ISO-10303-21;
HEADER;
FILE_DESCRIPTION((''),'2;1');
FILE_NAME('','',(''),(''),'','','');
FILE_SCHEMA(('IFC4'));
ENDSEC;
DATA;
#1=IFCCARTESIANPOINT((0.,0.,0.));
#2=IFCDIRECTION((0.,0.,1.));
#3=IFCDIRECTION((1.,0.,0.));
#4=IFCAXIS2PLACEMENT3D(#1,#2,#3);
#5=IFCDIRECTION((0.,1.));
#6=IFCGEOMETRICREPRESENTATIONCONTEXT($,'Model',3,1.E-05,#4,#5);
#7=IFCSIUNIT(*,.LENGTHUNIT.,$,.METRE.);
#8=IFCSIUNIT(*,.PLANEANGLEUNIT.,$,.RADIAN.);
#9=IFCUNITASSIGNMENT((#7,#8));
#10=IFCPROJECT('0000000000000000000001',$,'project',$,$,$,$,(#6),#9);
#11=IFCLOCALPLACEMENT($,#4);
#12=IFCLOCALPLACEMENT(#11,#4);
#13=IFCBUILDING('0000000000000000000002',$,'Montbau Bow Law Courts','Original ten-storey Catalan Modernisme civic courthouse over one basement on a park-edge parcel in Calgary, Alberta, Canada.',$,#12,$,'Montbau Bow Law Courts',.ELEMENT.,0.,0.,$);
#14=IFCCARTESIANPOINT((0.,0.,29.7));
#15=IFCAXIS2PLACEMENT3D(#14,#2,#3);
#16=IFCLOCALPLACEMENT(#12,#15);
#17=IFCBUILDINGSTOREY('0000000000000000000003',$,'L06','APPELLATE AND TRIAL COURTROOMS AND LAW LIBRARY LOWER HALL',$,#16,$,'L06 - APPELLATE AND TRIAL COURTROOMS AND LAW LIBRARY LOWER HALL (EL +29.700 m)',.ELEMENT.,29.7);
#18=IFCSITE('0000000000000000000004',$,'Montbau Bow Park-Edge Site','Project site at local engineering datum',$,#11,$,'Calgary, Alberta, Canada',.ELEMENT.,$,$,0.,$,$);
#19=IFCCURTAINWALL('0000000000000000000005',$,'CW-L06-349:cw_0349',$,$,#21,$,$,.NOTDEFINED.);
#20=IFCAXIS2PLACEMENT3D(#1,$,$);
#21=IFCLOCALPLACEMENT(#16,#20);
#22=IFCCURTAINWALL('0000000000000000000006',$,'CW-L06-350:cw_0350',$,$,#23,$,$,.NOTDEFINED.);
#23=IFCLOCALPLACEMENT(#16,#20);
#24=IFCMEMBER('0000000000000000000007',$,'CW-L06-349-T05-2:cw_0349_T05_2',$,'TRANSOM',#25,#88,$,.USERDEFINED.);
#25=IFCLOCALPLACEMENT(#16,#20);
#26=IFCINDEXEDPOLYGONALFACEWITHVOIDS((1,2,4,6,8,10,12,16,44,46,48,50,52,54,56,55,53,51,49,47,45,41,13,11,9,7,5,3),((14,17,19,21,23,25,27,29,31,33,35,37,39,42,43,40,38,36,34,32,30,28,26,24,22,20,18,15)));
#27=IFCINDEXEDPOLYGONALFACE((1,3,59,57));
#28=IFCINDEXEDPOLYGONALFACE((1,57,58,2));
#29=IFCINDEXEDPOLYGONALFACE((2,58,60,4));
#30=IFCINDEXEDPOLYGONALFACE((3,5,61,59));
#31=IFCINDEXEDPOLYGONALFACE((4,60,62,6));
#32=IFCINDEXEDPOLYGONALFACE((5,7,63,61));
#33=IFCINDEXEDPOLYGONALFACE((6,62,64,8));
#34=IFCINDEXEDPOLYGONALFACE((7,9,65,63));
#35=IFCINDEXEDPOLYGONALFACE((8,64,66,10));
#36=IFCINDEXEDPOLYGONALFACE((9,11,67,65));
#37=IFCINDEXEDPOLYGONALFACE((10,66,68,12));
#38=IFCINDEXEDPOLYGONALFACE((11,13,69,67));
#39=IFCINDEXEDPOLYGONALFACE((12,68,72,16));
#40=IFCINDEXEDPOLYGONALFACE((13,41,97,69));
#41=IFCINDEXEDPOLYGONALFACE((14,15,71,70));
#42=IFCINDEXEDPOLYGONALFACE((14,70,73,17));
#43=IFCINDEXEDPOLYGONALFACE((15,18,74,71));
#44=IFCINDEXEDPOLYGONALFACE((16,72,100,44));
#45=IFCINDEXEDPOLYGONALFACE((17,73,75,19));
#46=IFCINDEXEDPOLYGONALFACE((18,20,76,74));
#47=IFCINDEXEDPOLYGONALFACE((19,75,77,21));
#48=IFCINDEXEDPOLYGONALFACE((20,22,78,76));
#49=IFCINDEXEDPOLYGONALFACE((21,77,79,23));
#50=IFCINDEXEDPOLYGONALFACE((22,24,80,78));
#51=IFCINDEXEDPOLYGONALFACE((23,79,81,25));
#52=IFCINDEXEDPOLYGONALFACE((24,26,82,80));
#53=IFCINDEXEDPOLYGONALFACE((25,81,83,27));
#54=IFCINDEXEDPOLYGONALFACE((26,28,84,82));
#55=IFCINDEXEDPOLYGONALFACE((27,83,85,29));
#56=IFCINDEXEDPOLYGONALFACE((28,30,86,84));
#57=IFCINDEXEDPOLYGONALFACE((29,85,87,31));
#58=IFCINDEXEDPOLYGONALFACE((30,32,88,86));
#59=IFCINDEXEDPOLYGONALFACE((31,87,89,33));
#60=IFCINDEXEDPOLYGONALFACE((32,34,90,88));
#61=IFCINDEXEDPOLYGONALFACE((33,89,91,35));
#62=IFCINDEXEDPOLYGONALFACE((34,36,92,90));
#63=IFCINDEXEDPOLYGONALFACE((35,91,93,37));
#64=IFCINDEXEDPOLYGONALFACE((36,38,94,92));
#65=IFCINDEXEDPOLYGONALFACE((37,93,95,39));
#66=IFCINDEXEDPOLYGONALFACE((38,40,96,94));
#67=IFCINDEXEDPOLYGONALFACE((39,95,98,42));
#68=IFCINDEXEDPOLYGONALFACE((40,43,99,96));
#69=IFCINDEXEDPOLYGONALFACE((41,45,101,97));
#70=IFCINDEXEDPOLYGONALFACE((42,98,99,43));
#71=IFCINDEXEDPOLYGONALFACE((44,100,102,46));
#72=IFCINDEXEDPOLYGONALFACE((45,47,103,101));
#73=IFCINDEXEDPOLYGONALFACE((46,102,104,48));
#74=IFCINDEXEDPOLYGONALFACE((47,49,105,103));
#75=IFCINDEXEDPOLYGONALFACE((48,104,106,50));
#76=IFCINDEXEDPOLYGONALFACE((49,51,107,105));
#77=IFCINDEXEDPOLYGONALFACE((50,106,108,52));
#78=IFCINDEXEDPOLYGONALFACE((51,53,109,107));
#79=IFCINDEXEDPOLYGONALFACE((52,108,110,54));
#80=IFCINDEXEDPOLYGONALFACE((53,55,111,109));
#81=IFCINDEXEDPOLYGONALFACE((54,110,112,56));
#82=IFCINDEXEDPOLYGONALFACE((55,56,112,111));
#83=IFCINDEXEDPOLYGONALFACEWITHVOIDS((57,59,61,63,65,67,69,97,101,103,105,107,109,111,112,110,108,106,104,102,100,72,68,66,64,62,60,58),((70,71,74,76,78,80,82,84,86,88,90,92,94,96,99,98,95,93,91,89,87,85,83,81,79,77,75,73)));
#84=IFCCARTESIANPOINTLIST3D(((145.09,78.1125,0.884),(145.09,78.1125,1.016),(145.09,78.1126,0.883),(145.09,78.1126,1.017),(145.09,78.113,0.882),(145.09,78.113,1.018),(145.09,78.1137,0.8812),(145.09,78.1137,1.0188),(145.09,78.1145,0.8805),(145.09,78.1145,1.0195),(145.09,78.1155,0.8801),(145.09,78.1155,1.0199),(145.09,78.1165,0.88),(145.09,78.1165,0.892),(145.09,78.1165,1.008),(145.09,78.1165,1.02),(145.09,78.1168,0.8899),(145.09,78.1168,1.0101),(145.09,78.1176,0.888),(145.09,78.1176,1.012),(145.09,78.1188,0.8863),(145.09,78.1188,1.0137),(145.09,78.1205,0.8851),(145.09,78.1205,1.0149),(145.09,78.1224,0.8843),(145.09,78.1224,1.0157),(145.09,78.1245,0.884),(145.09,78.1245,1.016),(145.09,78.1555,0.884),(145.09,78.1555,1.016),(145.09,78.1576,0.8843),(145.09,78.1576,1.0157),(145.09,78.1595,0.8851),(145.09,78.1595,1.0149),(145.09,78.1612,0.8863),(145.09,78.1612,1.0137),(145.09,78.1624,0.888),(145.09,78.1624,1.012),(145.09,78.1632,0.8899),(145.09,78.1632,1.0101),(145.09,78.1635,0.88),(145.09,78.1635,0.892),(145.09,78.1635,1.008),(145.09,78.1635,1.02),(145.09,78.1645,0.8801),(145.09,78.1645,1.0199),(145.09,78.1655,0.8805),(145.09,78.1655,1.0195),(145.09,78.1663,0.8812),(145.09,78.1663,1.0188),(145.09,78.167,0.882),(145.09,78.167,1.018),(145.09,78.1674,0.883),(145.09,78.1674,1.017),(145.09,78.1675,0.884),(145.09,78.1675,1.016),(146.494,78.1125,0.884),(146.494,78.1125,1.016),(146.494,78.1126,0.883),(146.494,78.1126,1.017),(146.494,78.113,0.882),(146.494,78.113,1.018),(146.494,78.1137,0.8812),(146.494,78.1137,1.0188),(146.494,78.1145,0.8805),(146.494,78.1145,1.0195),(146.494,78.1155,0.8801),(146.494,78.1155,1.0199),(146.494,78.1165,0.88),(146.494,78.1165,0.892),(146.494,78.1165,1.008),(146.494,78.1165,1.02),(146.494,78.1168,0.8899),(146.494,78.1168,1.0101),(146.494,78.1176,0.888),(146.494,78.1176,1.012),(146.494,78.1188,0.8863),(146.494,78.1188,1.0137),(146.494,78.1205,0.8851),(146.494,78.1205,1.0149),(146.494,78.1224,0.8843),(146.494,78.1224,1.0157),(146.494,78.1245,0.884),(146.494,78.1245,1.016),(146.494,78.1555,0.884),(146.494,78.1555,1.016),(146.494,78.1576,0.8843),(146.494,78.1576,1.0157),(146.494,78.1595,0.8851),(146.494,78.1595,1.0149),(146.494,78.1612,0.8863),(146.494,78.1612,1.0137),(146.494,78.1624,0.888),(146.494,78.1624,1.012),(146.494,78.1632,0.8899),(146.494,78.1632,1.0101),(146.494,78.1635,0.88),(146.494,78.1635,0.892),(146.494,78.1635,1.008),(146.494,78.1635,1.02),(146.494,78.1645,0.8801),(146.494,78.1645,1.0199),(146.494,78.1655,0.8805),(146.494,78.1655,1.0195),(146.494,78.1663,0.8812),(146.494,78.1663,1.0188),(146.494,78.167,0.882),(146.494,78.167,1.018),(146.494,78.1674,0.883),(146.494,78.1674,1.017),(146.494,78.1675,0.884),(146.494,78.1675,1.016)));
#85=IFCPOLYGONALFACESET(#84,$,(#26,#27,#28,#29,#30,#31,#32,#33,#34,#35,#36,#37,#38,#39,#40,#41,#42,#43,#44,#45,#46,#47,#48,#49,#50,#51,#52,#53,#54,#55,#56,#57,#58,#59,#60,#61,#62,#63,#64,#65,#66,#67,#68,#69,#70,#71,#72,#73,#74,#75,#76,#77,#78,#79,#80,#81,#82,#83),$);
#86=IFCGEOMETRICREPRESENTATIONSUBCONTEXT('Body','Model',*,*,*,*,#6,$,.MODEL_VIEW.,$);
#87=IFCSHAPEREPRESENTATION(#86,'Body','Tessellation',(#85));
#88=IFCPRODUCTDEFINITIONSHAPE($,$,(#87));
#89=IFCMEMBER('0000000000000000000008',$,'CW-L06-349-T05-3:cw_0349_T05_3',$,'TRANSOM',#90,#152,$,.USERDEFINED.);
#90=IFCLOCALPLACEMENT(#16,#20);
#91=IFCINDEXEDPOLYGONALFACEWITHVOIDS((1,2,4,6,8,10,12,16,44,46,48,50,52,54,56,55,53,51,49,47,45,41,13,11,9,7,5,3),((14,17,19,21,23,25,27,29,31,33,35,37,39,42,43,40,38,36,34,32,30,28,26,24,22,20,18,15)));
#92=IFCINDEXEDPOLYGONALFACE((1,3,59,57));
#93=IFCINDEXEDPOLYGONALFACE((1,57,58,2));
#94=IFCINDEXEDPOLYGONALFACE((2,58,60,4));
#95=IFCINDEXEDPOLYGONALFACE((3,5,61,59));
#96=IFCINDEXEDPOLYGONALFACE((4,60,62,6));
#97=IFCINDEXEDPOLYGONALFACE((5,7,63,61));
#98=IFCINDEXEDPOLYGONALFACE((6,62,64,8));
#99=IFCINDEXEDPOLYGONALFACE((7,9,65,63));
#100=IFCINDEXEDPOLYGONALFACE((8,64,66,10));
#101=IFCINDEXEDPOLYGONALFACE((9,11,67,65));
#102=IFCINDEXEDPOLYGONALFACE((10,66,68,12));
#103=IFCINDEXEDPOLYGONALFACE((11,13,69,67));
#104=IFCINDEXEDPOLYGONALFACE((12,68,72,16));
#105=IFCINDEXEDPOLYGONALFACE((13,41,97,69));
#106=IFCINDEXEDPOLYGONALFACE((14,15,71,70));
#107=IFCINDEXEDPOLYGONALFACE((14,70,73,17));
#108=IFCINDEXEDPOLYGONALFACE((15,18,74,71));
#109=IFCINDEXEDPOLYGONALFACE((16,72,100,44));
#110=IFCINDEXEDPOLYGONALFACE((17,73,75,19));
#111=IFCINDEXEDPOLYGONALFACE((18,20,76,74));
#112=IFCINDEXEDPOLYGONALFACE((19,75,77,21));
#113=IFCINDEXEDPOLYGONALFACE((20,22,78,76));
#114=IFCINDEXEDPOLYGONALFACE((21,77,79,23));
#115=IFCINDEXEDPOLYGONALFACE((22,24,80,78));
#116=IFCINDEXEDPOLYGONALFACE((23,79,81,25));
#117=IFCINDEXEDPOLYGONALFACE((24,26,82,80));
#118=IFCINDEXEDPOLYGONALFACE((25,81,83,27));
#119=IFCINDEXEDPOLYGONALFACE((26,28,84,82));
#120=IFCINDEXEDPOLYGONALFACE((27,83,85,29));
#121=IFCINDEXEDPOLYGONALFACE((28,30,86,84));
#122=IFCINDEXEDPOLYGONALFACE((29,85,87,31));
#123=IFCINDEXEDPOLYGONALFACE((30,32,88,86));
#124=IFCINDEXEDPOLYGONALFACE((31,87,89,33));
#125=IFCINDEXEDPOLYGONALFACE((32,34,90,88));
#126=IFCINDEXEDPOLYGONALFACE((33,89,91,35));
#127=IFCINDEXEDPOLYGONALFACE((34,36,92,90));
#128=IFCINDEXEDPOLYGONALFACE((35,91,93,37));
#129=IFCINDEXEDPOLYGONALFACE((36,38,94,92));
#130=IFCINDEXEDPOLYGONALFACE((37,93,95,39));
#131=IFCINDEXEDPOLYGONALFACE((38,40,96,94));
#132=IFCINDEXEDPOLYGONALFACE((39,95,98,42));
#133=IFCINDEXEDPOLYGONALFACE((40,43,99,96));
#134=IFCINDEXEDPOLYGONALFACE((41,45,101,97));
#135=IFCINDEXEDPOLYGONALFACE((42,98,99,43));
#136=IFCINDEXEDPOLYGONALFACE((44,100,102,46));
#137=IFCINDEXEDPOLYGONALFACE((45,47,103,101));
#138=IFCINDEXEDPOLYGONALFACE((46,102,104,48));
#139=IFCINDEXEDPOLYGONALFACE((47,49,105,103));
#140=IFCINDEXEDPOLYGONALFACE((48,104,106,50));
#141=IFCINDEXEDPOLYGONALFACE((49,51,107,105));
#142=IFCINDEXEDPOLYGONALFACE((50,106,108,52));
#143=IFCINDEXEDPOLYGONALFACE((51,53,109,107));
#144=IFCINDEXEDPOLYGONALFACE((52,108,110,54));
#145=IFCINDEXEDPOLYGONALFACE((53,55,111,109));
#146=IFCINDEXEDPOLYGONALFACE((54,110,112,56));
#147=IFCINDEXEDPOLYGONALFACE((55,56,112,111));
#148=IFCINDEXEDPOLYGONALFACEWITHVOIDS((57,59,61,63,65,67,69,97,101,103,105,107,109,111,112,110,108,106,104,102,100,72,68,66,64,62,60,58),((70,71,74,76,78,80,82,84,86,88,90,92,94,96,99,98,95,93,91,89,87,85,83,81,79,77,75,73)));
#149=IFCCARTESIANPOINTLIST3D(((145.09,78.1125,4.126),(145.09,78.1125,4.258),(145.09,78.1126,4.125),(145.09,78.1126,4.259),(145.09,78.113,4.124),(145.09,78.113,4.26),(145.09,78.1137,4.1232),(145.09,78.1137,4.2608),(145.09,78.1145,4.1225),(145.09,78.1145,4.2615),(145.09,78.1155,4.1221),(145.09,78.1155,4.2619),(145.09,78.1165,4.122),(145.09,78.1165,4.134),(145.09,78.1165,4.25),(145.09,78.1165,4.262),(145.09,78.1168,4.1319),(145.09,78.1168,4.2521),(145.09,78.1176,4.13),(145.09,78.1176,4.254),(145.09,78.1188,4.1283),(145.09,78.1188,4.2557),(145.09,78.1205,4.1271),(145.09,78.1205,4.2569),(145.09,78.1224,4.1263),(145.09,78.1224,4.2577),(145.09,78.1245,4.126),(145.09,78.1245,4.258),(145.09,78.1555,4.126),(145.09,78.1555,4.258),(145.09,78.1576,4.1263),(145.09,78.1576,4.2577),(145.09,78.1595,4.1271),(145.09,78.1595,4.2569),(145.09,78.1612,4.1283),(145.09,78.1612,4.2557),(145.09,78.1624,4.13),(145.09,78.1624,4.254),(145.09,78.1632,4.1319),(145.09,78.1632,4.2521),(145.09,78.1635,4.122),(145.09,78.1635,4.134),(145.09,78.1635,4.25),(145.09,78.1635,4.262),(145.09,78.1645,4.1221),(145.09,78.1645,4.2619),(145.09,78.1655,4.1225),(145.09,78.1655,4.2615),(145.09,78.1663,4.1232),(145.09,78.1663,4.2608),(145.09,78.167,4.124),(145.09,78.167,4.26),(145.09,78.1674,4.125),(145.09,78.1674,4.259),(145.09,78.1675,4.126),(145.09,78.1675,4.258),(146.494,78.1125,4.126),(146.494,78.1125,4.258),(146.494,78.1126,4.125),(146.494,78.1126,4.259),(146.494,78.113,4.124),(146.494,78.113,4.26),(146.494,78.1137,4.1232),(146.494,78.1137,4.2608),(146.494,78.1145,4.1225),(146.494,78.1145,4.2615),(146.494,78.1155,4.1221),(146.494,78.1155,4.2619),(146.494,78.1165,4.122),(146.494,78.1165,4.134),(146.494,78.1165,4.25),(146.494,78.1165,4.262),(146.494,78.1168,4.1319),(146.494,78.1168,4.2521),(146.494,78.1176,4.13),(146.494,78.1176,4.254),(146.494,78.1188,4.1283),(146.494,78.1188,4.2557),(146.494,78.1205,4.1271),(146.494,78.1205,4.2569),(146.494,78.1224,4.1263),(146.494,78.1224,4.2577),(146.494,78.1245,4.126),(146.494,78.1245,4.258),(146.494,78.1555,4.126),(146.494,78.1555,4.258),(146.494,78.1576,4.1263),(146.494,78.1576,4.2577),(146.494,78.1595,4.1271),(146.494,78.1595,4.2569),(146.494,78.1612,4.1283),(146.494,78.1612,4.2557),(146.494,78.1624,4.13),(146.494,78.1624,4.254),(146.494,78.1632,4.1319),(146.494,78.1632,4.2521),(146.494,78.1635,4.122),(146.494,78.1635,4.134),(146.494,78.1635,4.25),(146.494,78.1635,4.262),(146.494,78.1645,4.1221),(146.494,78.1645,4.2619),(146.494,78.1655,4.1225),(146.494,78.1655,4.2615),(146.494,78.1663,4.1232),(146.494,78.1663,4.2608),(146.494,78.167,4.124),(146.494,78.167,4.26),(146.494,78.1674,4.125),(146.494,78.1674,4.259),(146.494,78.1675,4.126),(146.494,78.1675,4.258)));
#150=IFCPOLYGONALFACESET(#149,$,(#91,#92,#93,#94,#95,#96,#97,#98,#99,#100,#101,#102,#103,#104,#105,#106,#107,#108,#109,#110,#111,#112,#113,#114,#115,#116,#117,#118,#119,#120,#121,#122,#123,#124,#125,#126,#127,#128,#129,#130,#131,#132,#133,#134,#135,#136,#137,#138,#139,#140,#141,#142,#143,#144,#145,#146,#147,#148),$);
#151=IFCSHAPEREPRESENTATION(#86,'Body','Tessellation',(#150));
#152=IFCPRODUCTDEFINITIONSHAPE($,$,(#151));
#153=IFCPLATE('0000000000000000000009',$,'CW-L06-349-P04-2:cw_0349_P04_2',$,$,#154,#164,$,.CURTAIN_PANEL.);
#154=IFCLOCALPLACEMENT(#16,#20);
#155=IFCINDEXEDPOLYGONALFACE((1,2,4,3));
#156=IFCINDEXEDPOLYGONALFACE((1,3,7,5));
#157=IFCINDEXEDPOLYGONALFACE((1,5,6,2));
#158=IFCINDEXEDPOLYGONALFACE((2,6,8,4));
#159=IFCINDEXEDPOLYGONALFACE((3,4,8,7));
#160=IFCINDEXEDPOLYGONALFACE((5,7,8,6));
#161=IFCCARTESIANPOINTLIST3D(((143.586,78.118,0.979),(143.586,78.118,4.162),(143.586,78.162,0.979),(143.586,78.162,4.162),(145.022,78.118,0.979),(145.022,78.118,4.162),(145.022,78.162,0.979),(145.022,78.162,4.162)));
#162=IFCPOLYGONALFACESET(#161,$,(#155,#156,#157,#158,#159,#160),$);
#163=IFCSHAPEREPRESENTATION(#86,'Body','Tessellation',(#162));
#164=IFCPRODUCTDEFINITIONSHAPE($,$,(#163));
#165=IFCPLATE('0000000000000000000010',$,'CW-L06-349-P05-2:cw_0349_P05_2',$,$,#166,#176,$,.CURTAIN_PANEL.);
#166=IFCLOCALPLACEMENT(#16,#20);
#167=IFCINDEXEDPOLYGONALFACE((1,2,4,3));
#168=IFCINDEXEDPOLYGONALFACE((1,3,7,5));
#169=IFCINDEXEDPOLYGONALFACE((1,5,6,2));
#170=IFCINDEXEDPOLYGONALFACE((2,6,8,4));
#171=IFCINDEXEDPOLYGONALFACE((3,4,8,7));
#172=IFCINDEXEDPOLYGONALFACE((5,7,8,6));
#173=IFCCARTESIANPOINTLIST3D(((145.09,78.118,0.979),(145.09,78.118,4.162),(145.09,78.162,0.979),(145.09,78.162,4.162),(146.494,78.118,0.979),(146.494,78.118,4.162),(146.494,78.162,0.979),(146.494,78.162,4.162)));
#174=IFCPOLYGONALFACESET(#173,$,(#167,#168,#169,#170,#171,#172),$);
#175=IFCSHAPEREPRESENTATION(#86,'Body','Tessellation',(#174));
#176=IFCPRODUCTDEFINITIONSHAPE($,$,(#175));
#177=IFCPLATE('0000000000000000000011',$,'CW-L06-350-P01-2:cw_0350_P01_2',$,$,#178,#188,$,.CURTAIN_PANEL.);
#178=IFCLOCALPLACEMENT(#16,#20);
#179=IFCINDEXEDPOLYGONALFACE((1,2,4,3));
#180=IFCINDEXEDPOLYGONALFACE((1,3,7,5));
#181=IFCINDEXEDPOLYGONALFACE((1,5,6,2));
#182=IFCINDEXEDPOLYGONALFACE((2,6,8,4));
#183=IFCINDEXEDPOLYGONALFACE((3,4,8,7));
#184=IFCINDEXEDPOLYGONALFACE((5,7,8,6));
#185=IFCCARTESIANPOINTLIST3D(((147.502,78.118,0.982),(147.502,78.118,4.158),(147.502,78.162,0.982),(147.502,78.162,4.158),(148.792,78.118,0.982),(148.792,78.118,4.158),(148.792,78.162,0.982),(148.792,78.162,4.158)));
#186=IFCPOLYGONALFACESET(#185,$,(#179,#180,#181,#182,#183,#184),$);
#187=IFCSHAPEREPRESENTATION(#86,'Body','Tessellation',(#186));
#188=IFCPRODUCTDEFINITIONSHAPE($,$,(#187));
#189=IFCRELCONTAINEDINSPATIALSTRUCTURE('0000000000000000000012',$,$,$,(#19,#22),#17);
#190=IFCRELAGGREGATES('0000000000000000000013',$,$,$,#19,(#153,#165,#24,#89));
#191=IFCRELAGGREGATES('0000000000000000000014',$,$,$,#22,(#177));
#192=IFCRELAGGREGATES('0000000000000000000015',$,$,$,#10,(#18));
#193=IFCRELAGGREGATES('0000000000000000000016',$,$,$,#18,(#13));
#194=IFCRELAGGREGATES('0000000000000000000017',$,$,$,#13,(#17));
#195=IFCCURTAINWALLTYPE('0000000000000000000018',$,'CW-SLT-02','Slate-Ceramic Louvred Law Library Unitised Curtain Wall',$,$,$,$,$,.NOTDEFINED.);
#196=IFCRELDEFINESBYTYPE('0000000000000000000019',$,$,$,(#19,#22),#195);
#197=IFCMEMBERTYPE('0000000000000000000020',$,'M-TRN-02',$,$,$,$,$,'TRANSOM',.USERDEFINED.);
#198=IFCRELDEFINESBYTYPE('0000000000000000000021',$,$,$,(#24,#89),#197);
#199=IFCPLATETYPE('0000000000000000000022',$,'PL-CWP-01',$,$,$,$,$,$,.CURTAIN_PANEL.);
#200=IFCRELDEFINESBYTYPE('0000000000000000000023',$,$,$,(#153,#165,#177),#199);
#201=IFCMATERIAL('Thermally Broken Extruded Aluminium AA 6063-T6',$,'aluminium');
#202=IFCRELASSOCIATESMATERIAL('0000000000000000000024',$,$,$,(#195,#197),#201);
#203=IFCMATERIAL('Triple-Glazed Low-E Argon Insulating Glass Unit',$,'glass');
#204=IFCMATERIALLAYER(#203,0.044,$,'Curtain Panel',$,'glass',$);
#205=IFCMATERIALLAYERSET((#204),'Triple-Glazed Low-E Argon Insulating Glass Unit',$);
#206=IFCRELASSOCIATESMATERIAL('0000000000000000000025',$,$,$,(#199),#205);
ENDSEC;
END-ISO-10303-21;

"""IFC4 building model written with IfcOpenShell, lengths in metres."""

from ifc_helpers import new_model, si_unit, direction, frame, frame_2d, origin_with_axes, origin_2d_with_axis, place, context, subcontext, project, spatial, rectangle, hollow_rectangle, extrude, material, layer, layer_set, material_profile, profile_set, type_object, element, aggregate, save


model = new_model("IFC4")

# Units and contexts
model_context = context("Model", 3, precision=1e-05, world=origin_with_axes(), true_north=direction((0.0, 1.0)))
body_context = subcontext(model_context, "Body", "Model", "MODEL_VIEW")
ifc_project = project(units=[si_unit("LENGTHUNIT", "METRE"), si_unit("PLANEANGLEUNIT", "RADIAN")], contexts=[model_context])

# Site, building, storey
site_placement = place(None, origin_with_axes())
site = spatial("IfcSite", under=ifc_project, at=site_placement, Name="Montbau Bow Park-Edge Site", Description="Project site at local engineering datum", LongName="Calgary, Alberta, Canada", CompositionType="ELEMENT", RefElevation=0.0)
building_placement = place(site_placement, origin_with_axes())
building = spatial("IfcBuilding", under=site, at=building_placement, Name="Montbau Bow Law Courts", Description="Original ten-storey Catalan Modernisme civic courthouse over one basement on a park-edge parcel in Calgary, Alberta, Canada.", LongName="Montbau Bow Law Courts", CompositionType="ELEMENT", ElevationOfRefHeight=0.0, ElevationOfTerrain=0.0)
storey_placement = place(building_placement, frame((0.0, 0.0, 29.7), z_axis=(0.0, 0.0, 1.0), x_axis=(1.0, 0.0, 0.0)))
storey = spatial("IfcBuildingStorey", under=building, at=storey_placement, Name="L06", Description="APPELLATE AND TRIAL COURTROOMS AND LAW LIBRARY LOWER HALL", LongName="L06 - APPELLATE AND TRIAL COURTROOMS AND LAW LIBRARY LOWER HALL (EL +29.700 m)", CompositionType="ELEMENT", Elevation=29.7)

# Curtain walls
ifc_material_1 = material(Name="Thermally Broken Extruded Aluminium AA 6063-T6", Category="aluminium")
curtain_wall_type = type_object("IfcCurtainWallType", Name="CW-SLT-02", Description="Slate-Ceramic Louvred Law Library Unitised Curtain Wall", PredefinedType="NOTDEFINED", material=ifc_material_1)
curtain_wall_1_placement = place(None, frame((139.04, 78.14, 29.7), z_axis=(0.0, 0.0, 1.0), x_axis=(1.0, 0.0, 0.0)))
curtain_wall_1 = element("IfcCurtainWall", 1, at=curtain_wall_1_placement, inside=storey, type_object=curtain_wall_type, Name="CW-L06-349:cw_0349", PredefinedType="NOTDEFINED")
curtain_wall_2_placement = place(None, frame((147.44, 78.14, 29.7), z_axis=(0.0, 0.0, 1.0), x_axis=(1.0, 0.0, 0.0)))
curtain_wall_2 = element("IfcCurtainWall", 2, at=curtain_wall_2_placement, inside=storey, type_object=curtain_wall_type, Name="CW-L06-350:cw_0350", PredefinedType="NOTDEFINED")

# Members
ifc_material_profile_1 = material_profile(ifc_material_1, hollow_rectangle(XDim=0.055, YDim=0.14, WallThickness=0.004, InnerFilletRadius=0.008, OuterFilletRadius=0.004, at=origin_2d_with_axis()), Name="CWT-140X55", Category="Main", Priority=0)
ifc_profile_set_1 = profile_set([ifc_material_profile_1], Name="Thermally Broken Extruded Aluminium AA 6063-T6")
member_type_1 = type_object("IfcMemberType", Name="M-TRN-02", ElementType="TRANSOM", PredefinedType="USERDEFINED", material=ifc_profile_set_1)
member_1_placement = place(None, frame((145.09, 78.14, 30.65), z_axis=(1.0, 0.0, 0.0), x_axis=(0.0, 1.0, 0.0)))
member_1 = element("IfcMember", 3, at=member_1_placement, type_object=member_type_1, Name="CW-L06-349-T05-2:cw_0349_T05_2", ObjectType="TRANSOM", PredefinedType="USERDEFINED", context=body_context, shape_type="SweptSolid", body=[
    extrude(hollow_rectangle(XDim=0.055, YDim=0.14, WallThickness=0.004, InnerFilletRadius=0.008, OuterFilletRadius=0.004, at=origin_2d_with_axis()), origin_with_axes(), (0.0, 0.0, 1.0), 1.404),
])
member_2_placement = place(None, frame((145.09, 78.14, 33.892), z_axis=(1.0, 0.0, 0.0), x_axis=(0.0, 1.0, 0.0)))
member_2 = element("IfcMember", 4, at=member_2_placement, type_object=member_type_1, Name="CW-L06-349-T05-3:cw_0349_T05_3", ObjectType="TRANSOM", PredefinedType="USERDEFINED", context=body_context, shape_type="SweptSolid", body=[
    extrude(hollow_rectangle(XDim=0.055, YDim=0.14, WallThickness=0.004, InnerFilletRadius=0.008, OuterFilletRadius=0.004, at=origin_2d_with_axis()), origin_with_axes(), (0.0, 0.0, 1.0), 1.404),
])

# Plates
ifc_material_2 = material(Name="Triple-Glazed Low-E Argon Insulating Glass Unit", Category="glass")
ifc_layer_1 = layer(ifc_material_2, 0.044, Name="Curtain Panel", Category="glass")
ifc_layer_set_1 = layer_set([ifc_layer_1], Name="Triple-Glazed Low-E Argon Insulating Glass Unit")
plate_type_1 = type_object("IfcPlateType", Name="PL-CWP-01", PredefinedType="CURTAIN_PANEL", material=ifc_layer_set_1)
plate_1_placement = place(None, frame((143.586, 78.14, 30.679), z_axis=(0.0, -1.0, 0.0), x_axis=(1.0, 0.0, 0.0)))
plate_1 = element("IfcPlate", 5, at=plate_1_placement, type_object=plate_type_1, Name="CW-L06-349-P04-2:cw_0349_P04_2", PredefinedType="CURTAIN_PANEL", context=body_context, shape_type="SweptSolid", body=[
    extrude(rectangle(XDim=1.436, YDim=3.183, at=frame_2d((0.718, 1.5915), x_axis=(1.0, 0.0))), frame((0.0, 0.0, -0.022), z_axis=(0.0, 0.0, 1.0), x_axis=(1.0, 0.0, 0.0)), (0.0, 0.0, 1.0), 0.044),
])
plate_2_placement = place(None, frame((145.09, 78.14, 30.679), z_axis=(0.0, -1.0, 0.0), x_axis=(1.0, 0.0, 0.0)))
plate_2 = element("IfcPlate", 6, at=plate_2_placement, type_object=plate_type_1, Name="CW-L06-349-P05-2:cw_0349_P05_2", PredefinedType="CURTAIN_PANEL", context=body_context, shape_type="SweptSolid", body=[
    extrude(rectangle(XDim=1.404, YDim=3.183, at=frame_2d((0.702, 1.5915), x_axis=(1.0, 0.0))), frame((0.0, 0.0, -0.022), z_axis=(0.0, 0.0, 1.0), x_axis=(1.0, 0.0, 0.0)), (0.0, 0.0, 1.0), 0.044),
])
plate_3_placement = place(None, frame((147.502, 78.14, 30.682), z_axis=(0.0, -1.0, 0.0), x_axis=(1.0, 0.0, 0.0)))
plate_3 = element("IfcPlate", 7, at=plate_3_placement, type_object=plate_type_1, Name="CW-L06-350-P01-2:cw_0350_P01_2", PredefinedType="CURTAIN_PANEL", context=body_context, shape_type="SweptSolid", body=[
    extrude(rectangle(XDim=1.29, YDim=3.176, at=frame_2d((0.645, 1.588), x_axis=(1.0, 0.0))), frame((0.0, 0.0, -0.022), z_axis=(0.0, 0.0, 1.0), x_axis=(1.0, 0.0, 0.0)), (0.0, 0.0, 1.0), 0.044),
])
aggregate(curtain_wall_1, [plate_1, plate_2, member_1, member_2])
aggregate(curtain_wall_2, [plate_3])

save(model, "model.ifc")
